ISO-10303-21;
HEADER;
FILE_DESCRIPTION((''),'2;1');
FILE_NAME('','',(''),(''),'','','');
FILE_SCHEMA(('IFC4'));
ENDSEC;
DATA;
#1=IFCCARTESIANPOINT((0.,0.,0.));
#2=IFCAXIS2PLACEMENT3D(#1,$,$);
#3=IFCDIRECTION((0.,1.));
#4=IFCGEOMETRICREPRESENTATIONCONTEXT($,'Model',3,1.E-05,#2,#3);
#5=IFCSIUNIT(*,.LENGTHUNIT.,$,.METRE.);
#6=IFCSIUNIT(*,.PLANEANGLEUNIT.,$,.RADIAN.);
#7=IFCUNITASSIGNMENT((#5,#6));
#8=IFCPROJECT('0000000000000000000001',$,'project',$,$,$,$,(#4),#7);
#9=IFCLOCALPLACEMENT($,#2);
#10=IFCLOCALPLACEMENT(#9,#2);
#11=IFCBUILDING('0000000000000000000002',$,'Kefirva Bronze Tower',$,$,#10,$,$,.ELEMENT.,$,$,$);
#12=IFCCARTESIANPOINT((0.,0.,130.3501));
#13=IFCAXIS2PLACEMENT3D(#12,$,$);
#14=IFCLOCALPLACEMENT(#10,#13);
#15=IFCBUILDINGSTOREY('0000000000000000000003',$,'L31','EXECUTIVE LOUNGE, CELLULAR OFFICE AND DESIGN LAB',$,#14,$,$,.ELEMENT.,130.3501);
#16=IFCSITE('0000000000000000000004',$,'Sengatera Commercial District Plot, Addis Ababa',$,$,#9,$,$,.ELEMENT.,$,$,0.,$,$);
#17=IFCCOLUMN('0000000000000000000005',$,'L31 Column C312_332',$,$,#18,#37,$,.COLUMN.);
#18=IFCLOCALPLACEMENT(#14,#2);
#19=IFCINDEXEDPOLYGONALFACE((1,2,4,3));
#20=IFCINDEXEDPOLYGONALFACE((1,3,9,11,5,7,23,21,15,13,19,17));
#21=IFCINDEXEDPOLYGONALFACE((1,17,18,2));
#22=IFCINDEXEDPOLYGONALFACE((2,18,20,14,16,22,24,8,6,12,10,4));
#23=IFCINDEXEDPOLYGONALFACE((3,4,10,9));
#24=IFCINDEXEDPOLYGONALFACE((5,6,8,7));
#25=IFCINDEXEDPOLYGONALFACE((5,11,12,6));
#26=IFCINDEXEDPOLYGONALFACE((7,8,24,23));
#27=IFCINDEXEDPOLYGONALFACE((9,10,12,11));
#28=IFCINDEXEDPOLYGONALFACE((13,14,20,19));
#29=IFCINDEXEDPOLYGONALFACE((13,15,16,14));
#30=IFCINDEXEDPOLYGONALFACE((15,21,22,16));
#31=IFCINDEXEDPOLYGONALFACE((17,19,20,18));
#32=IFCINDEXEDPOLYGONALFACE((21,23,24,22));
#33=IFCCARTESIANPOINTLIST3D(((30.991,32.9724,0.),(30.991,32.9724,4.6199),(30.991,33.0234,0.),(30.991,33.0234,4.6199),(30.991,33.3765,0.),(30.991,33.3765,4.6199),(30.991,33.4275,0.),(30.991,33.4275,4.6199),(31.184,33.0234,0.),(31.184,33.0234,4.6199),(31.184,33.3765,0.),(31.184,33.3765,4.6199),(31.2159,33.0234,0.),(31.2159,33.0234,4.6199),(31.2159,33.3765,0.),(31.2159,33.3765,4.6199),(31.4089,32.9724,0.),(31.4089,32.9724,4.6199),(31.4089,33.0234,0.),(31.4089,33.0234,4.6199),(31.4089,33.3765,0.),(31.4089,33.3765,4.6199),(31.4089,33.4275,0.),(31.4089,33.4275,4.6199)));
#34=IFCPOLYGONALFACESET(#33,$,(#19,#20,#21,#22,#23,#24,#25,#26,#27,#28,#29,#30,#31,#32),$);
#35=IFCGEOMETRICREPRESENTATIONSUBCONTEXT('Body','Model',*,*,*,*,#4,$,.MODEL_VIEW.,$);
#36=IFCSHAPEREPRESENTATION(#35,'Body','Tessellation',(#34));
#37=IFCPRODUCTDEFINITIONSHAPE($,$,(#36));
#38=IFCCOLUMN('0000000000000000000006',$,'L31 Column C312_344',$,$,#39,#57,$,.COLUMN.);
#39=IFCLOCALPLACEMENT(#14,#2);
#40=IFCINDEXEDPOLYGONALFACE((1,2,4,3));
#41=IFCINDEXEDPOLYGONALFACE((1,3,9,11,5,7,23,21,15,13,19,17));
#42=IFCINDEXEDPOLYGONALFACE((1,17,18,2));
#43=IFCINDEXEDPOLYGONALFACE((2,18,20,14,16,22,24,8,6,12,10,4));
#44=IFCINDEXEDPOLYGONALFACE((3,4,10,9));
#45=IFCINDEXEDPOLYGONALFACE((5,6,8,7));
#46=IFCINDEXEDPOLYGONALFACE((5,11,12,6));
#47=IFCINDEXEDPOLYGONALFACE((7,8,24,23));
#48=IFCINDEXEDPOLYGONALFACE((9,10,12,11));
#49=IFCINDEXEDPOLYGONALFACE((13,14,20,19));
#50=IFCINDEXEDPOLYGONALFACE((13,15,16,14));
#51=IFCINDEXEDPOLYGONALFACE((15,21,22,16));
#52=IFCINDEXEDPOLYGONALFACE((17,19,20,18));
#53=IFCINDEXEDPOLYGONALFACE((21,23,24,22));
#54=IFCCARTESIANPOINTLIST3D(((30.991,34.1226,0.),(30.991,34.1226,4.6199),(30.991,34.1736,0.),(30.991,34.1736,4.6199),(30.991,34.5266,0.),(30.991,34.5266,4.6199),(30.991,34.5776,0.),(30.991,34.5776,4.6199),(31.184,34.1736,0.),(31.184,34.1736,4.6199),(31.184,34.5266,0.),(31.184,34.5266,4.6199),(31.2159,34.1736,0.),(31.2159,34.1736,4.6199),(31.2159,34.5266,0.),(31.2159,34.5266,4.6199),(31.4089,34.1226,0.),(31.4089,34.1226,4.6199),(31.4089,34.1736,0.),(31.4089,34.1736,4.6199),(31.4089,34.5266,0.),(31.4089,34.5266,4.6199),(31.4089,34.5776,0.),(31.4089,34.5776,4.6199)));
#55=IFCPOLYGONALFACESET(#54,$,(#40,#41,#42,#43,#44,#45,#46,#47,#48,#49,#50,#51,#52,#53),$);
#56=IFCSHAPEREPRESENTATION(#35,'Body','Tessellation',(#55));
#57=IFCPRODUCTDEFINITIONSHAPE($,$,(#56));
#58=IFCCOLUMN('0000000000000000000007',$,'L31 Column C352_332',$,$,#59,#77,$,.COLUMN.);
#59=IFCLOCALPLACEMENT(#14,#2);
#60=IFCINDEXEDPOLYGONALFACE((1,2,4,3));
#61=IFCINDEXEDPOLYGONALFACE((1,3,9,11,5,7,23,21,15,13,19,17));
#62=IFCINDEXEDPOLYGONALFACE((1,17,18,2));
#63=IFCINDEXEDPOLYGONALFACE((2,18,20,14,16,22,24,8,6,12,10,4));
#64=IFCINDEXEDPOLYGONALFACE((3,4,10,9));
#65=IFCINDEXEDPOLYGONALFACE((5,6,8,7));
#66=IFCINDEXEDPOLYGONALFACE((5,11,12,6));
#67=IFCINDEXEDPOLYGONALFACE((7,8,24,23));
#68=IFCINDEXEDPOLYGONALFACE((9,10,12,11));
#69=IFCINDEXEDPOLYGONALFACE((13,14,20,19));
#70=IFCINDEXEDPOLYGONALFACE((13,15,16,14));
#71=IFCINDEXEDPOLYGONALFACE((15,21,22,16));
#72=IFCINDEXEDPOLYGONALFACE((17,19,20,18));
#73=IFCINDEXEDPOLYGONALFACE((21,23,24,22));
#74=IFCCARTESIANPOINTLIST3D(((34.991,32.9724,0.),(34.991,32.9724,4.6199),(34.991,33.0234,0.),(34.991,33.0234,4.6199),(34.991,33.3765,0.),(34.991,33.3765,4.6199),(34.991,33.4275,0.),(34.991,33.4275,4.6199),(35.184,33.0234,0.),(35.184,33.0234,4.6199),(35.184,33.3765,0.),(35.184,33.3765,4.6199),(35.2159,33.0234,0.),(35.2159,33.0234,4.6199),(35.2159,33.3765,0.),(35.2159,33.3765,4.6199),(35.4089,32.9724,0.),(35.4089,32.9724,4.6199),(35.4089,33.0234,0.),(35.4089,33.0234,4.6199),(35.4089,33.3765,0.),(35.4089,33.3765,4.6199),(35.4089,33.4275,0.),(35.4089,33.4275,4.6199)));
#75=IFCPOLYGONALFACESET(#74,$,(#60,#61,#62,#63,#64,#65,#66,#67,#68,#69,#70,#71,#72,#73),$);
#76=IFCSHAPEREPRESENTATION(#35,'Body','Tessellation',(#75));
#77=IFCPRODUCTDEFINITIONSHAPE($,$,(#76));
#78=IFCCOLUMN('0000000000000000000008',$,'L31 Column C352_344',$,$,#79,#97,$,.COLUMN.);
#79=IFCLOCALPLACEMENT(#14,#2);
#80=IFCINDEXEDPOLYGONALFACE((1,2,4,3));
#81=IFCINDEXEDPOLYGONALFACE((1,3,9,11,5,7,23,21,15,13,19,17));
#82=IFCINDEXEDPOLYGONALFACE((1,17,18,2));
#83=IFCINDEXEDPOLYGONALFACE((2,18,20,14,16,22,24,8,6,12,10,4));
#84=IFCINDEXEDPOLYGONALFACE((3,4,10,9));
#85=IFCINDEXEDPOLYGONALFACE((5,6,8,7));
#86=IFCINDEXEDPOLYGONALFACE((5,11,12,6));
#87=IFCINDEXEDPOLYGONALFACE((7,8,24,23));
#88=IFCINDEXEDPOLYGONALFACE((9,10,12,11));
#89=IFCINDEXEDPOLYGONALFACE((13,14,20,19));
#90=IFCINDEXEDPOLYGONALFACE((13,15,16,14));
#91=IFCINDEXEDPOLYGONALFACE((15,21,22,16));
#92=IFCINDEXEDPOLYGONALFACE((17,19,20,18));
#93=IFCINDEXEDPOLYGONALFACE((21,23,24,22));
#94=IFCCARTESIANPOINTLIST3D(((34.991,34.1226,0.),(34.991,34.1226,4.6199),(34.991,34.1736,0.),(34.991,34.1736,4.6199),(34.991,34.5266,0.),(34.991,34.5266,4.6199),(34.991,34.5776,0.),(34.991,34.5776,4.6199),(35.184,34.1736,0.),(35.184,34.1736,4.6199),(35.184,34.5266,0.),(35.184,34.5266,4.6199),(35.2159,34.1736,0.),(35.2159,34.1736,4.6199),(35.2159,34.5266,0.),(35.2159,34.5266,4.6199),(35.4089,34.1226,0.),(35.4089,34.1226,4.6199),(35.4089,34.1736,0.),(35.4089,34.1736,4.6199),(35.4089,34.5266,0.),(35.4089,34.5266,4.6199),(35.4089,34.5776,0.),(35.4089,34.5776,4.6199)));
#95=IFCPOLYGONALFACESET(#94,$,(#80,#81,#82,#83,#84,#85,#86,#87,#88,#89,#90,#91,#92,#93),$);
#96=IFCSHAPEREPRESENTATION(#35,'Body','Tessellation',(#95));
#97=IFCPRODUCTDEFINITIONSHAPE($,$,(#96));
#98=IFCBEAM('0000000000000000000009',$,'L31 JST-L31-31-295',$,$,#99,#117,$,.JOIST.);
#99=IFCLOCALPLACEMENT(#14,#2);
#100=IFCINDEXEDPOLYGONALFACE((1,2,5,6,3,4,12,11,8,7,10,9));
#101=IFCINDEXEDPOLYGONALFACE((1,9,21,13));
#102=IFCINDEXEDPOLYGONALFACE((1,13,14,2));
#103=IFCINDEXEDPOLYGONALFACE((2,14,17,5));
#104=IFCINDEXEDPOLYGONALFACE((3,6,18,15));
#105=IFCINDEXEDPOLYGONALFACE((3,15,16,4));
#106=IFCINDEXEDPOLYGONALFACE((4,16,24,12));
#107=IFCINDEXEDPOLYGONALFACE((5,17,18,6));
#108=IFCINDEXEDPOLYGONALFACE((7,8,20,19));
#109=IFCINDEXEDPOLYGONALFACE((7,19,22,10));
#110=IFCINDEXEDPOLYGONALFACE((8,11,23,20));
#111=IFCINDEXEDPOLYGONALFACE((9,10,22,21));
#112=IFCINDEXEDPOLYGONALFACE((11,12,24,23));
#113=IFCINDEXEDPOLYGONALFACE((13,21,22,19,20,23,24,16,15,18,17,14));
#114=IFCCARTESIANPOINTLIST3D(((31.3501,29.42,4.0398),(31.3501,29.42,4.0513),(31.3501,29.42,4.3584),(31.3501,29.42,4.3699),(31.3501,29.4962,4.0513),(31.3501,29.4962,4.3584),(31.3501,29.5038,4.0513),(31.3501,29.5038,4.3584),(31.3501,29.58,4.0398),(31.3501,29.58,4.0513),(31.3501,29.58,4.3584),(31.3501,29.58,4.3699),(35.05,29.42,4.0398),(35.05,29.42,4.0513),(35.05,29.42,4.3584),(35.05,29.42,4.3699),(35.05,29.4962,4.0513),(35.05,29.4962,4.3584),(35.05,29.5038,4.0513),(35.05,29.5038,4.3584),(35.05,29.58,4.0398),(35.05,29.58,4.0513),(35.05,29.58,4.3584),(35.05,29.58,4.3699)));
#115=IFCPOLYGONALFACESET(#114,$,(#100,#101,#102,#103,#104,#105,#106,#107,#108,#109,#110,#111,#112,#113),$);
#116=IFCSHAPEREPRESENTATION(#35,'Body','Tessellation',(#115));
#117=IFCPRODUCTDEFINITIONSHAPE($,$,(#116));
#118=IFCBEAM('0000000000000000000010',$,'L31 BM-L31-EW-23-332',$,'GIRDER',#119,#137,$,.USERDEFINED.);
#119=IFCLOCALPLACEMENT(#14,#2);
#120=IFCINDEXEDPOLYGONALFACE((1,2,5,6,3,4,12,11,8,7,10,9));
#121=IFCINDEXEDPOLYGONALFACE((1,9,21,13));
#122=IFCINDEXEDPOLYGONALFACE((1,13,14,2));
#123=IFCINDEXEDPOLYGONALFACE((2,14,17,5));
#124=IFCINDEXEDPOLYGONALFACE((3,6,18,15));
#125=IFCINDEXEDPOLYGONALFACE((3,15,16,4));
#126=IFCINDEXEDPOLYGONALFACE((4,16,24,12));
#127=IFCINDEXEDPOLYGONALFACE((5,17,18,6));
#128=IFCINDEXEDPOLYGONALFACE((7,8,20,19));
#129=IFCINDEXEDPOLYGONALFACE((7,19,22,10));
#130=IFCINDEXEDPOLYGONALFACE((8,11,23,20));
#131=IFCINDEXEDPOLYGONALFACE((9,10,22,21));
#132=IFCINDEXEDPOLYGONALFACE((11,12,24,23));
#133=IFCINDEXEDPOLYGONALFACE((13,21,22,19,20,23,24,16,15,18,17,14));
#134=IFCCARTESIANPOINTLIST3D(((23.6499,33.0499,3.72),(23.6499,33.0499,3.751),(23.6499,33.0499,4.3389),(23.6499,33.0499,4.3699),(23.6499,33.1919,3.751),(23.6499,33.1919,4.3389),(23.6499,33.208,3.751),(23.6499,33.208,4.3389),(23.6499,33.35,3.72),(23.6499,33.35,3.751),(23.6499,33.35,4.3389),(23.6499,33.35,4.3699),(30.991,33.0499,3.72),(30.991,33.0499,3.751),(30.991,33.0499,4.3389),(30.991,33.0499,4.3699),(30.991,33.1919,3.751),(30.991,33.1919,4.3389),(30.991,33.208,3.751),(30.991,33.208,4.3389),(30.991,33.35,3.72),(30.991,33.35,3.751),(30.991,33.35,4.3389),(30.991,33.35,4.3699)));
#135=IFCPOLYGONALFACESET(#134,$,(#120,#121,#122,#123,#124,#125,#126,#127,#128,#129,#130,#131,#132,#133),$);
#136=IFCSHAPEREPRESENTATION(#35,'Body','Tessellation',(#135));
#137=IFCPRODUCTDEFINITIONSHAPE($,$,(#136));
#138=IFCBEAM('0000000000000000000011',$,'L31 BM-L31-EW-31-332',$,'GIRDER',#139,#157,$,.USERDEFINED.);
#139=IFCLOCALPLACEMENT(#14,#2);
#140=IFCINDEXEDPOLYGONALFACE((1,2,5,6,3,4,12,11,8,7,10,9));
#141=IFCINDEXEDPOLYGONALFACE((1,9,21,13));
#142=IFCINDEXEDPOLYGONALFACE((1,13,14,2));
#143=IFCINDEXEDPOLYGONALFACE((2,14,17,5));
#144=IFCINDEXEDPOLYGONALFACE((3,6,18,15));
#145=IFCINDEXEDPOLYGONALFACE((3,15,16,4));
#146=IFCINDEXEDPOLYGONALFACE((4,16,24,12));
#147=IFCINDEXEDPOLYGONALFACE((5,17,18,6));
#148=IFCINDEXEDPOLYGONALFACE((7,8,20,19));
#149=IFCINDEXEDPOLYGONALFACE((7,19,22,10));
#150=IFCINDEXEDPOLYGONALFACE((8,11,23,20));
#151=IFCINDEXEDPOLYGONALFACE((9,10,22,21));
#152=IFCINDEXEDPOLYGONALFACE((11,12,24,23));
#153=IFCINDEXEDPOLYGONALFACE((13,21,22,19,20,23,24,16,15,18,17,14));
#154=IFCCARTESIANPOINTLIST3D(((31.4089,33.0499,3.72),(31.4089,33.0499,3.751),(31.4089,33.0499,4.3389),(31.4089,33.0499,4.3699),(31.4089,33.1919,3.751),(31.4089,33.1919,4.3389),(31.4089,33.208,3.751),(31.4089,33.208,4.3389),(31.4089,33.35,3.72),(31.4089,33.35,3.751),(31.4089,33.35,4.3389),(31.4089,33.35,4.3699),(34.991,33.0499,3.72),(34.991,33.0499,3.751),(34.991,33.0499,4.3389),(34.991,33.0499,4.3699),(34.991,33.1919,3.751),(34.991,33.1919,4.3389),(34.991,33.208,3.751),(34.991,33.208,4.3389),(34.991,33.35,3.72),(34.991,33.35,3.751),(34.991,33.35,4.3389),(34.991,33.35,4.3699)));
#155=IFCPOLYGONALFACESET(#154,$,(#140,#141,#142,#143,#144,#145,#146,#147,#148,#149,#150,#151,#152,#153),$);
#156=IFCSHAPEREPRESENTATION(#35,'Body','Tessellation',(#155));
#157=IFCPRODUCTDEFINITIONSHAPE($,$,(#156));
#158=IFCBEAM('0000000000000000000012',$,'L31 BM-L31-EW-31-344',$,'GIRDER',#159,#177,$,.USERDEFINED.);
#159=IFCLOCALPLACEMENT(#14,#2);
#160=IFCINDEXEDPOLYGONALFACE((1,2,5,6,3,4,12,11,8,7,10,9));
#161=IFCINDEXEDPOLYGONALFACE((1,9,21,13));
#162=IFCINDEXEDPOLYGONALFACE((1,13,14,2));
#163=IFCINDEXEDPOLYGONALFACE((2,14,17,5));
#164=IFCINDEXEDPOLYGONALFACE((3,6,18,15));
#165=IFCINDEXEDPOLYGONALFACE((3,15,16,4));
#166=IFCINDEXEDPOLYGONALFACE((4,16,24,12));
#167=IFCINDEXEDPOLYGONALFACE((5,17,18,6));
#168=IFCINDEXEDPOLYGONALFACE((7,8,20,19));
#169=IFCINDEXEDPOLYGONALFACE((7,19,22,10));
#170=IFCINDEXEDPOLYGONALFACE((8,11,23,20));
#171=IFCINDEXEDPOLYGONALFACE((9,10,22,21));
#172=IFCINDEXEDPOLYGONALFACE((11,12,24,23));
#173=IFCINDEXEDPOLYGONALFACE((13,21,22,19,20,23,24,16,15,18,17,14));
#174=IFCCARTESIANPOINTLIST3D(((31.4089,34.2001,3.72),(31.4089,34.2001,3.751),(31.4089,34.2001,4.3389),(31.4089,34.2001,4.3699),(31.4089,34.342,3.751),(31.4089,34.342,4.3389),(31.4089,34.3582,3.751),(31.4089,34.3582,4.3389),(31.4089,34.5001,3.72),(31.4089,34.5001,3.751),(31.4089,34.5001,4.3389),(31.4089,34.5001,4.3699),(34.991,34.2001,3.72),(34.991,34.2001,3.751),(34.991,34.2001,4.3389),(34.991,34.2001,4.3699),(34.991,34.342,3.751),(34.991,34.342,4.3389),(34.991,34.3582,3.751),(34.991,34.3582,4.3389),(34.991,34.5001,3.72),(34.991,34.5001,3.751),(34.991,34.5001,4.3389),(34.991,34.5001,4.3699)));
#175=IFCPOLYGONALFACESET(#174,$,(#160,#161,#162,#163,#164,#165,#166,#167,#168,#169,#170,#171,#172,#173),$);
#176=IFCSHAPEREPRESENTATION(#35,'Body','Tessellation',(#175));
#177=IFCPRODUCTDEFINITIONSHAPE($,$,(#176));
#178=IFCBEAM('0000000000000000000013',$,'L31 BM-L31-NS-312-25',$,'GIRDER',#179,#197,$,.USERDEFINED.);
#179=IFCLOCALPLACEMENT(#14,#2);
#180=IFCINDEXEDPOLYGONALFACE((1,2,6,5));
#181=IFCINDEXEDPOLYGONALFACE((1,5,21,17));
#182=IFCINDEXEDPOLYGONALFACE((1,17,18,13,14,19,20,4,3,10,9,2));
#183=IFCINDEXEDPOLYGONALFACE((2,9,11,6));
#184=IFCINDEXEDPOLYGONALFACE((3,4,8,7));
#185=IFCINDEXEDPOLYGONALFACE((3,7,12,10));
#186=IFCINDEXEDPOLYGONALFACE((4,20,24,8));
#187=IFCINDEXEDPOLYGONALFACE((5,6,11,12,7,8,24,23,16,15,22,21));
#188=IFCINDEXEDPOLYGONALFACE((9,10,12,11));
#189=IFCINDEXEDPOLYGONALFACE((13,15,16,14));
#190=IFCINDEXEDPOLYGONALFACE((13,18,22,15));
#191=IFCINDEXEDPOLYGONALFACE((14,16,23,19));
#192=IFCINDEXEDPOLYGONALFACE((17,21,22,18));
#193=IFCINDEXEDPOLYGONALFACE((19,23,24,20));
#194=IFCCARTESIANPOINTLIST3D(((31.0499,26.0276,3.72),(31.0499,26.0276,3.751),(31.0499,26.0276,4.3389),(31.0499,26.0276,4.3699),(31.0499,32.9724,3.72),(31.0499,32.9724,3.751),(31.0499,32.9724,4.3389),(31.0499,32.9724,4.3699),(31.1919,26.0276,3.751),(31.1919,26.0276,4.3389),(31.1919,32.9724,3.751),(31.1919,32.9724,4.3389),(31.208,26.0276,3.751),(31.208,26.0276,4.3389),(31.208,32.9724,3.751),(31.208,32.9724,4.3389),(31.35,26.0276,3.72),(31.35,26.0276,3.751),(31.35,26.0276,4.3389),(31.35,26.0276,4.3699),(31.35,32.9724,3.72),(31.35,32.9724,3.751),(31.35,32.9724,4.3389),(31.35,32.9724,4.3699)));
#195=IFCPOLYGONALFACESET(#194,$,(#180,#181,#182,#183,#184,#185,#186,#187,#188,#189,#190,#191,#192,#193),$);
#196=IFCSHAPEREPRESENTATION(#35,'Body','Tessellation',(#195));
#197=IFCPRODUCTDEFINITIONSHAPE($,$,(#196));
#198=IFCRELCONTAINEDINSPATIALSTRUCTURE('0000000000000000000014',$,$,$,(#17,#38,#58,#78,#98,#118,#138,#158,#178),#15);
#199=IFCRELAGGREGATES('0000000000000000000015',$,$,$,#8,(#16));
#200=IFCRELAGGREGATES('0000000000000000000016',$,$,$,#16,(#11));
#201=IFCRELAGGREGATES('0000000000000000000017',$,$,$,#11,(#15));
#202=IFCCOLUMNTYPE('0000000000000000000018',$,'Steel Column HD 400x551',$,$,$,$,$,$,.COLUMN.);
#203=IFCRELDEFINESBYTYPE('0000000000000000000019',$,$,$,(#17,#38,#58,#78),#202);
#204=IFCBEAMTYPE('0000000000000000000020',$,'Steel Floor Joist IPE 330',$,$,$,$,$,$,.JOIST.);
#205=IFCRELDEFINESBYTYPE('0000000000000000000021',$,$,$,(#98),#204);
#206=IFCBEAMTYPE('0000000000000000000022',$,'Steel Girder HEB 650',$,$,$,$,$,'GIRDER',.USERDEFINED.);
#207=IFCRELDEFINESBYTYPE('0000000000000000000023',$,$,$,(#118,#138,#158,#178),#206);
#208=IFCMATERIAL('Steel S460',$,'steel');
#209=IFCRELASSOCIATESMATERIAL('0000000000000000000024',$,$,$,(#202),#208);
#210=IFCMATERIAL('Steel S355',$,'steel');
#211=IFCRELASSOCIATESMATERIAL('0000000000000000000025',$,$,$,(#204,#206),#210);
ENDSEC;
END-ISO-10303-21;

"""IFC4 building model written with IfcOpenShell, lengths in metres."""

from ifc_helpers import new_model, si_unit, direction, frame, origin, origin_2d, place, context, subcontext, project, spatial, i_section, extrude, material, material_profile, profile_set, type_object, element, save


model = new_model("IFC4")

# Units and contexts
model_context = context("Model", 3, precision=1e-05, world=origin(), true_north=direction((0.0, 1.0)))
body_context = subcontext(model_context, "Body", "Model", "MODEL_VIEW")
ifc_project = project(units=[si_unit("LENGTHUNIT", "METRE"), si_unit("PLANEANGLEUNIT", "RADIAN")], contexts=[model_context])

# Site, building, storey
site_placement = place(None, origin())
site = spatial("IfcSite", under=ifc_project, at=site_placement, Name="Sengatera Commercial District Plot, Addis Ababa", CompositionType="ELEMENT", RefElevation=0.0)
building_placement = place(site_placement, origin())
building = spatial("IfcBuilding", under=site, at=building_placement, Name="Kefirva Bronze Tower", CompositionType="ELEMENT")
storey_placement = place(building_placement, frame((0.0, 0.0, 130.3501)))
storey = spatial("IfcBuildingStorey", under=building, at=storey_placement, Name="L31", Description="EXECUTIVE LOUNGE, CELLULAR OFFICE AND DESIGN LAB", CompositionType="ELEMENT", Elevation=130.3501)

# Columns
ifc_material_1 = material(Name="Steel S460", Category="steel")
ifc_material_profile_1 = material_profile(ifc_material_1, i_section(OverallWidth=0.418, OverallDepth=0.4551, WebThickness=0.032, FlangeThickness=0.051, at=origin_2d()), Name="HD 400x551")
ifc_profile_set_1 = profile_set([ifc_material_profile_1], Name="Steel S460")
column_type = type_object("IfcColumnType", Name="Steel Column HD 400x551", PredefinedType="COLUMN", material=ifc_profile_set_1)
for number, where, z_axis, x_axis, name in (
    (1, (31.2, 33.2, 0.0), (0.0, 0.0, 1.0), (1.0, 0.0, 0.0), "L31 Column C312_332"),
    (2, (31.2, 34.3501, 0.0), (0.0, 0.0, 1.0), (1.0, 0.0, 0.0), "L31 Column C312_344"),
    (3, (35.2, 33.2, 0.0), (0.0, 0.0, 1.0), (1.0, 0.0, 0.0), "L31 Column C352_332"),
    (4, (35.2, 34.3501, 0.0), (0.0, 0.0, 1.0), (1.0, 0.0, 0.0), "L31 Column C352_344"),
):
    element("IfcColumn", number, at=place(storey_placement, frame(where, z_axis=z_axis, x_axis=x_axis)), inside=storey, type_object=column_type, Name=name, PredefinedType="COLUMN", context=body_context, shape_type="SweptSolid", body=[
        extrude(i_section(OverallWidth=0.418, OverallDepth=0.4551, WebThickness=0.032, FlangeThickness=0.051, at=origin_2d()), origin(), (0.0, 0.0, 1.0), 4.6199),
    ])

# Beams
ifc_material_2 = material(Name="Steel S355", Category="steel")
ifc_material_profile_2 = material_profile(ifc_material_2, i_section(OverallWidth=0.1599, OverallDepth=0.3301, WebThickness=0.0076, FlangeThickness=0.0115, at=origin_2d()), Name="IPE 330")
ifc_profile_set_2 = profile_set([ifc_material_profile_2], Name="Steel S355")
beam_type_1 = type_object("IfcBeamType", Name="Steel Floor Joist IPE 330", PredefinedType="JOIST", material=ifc_profile_set_2)
beam_1_placement = place(storey_placement, frame((31.3501, 29.5, 4.2048), z_axis=(1.0, 0.0, 0.0), x_axis=(0.0, 1.0, 0.0)))
element("IfcBeam", 5, at=beam_1_placement, inside=storey, type_object=beam_type_1, Name="L31 JST-L31-31-295", PredefinedType="JOIST", context=body_context, shape_type="SweptSolid", body=[
    extrude(i_section(OverallWidth=0.1599, OverallDepth=0.3301, WebThickness=0.0076, FlangeThickness=0.0115, at=origin_2d()), origin(), (0.0, 0.0, 1.0), 3.7),
])
ifc_material_profile_3 = material_profile(ifc_material_2, i_section(OverallWidth=0.3, OverallDepth=0.6499, WebThickness=0.0161, FlangeThickness=0.031, at=origin_2d()), Name="HEB 650")
ifc_profile_set_3 = profile_set([ifc_material_profile_3], Name="Steel S355")
beam_type_2 = type_object("IfcBeamType", Name="Steel Girder HEB 650", ElementType="GIRDER", PredefinedType="USERDEFINED", material=ifc_profile_set_3)
beam_2_placement = place(storey_placement, frame((23.6499, 33.2, 4.0449), z_axis=(1.0, 0.0, 0.0), x_axis=(0.0, 1.0, 0.0)))
element("IfcBeam", 6, at=beam_2_placement, inside=storey, type_object=beam_type_2, Name="L31 BM-L31-EW-23-332", ObjectType="GIRDER", PredefinedType="USERDEFINED", context=body_context, shape_type="SweptSolid", body=[
    extrude(i_section(OverallWidth=0.3, OverallDepth=0.6499, WebThickness=0.0161, FlangeThickness=0.031, at=origin_2d()), origin(), (0.0, 0.0, 1.0), 7.3411),
])
for number, where, z_axis, x_axis, name in (
    (7, (31.4089, 33.2, 4.0449), (1.0, 0.0, 0.0), (0.0, 1.0, 0.0), "L31 BM-L31-EW-31-332"),
    (8, (31.4089, 34.3501, 4.0449), (1.0, 0.0, 0.0), (0.0, 1.0, 0.0), "L31 BM-L31-EW-31-344"),
):
    element("IfcBeam", number, at=place(storey_placement, frame(where, z_axis=z_axis, x_axis=x_axis)), inside=storey, type_object=beam_type_2, Name=name, ObjectType="GIRDER", PredefinedType="USERDEFINED", context=body_context, shape_type="SweptSolid", body=[
        extrude(i_section(OverallWidth=0.3, OverallDepth=0.6499, WebThickness=0.0161, FlangeThickness=0.031, at=origin_2d()), origin(), (0.0, 0.0, 1.0), 3.582),
    ])
beam_3_placement = place(storey_placement, frame((31.2, 26.0276, 4.0449), z_axis=(0.0, 1.0, 0.0), x_axis=(-1.0, 0.0, 0.0)))
element("IfcBeam", 9, at=beam_3_placement, inside=storey, type_object=beam_type_2, Name="L31 BM-L31-NS-312-25", ObjectType="GIRDER", PredefinedType="USERDEFINED", context=body_context, shape_type="SweptSolid", body=[
    extrude(i_section(OverallWidth=0.3, OverallDepth=0.6499, WebThickness=0.0161, FlangeThickness=0.031, at=origin_2d()), origin(), (0.0, 0.0, 1.0), 6.9448),
])

save(model, "model.ifc")
